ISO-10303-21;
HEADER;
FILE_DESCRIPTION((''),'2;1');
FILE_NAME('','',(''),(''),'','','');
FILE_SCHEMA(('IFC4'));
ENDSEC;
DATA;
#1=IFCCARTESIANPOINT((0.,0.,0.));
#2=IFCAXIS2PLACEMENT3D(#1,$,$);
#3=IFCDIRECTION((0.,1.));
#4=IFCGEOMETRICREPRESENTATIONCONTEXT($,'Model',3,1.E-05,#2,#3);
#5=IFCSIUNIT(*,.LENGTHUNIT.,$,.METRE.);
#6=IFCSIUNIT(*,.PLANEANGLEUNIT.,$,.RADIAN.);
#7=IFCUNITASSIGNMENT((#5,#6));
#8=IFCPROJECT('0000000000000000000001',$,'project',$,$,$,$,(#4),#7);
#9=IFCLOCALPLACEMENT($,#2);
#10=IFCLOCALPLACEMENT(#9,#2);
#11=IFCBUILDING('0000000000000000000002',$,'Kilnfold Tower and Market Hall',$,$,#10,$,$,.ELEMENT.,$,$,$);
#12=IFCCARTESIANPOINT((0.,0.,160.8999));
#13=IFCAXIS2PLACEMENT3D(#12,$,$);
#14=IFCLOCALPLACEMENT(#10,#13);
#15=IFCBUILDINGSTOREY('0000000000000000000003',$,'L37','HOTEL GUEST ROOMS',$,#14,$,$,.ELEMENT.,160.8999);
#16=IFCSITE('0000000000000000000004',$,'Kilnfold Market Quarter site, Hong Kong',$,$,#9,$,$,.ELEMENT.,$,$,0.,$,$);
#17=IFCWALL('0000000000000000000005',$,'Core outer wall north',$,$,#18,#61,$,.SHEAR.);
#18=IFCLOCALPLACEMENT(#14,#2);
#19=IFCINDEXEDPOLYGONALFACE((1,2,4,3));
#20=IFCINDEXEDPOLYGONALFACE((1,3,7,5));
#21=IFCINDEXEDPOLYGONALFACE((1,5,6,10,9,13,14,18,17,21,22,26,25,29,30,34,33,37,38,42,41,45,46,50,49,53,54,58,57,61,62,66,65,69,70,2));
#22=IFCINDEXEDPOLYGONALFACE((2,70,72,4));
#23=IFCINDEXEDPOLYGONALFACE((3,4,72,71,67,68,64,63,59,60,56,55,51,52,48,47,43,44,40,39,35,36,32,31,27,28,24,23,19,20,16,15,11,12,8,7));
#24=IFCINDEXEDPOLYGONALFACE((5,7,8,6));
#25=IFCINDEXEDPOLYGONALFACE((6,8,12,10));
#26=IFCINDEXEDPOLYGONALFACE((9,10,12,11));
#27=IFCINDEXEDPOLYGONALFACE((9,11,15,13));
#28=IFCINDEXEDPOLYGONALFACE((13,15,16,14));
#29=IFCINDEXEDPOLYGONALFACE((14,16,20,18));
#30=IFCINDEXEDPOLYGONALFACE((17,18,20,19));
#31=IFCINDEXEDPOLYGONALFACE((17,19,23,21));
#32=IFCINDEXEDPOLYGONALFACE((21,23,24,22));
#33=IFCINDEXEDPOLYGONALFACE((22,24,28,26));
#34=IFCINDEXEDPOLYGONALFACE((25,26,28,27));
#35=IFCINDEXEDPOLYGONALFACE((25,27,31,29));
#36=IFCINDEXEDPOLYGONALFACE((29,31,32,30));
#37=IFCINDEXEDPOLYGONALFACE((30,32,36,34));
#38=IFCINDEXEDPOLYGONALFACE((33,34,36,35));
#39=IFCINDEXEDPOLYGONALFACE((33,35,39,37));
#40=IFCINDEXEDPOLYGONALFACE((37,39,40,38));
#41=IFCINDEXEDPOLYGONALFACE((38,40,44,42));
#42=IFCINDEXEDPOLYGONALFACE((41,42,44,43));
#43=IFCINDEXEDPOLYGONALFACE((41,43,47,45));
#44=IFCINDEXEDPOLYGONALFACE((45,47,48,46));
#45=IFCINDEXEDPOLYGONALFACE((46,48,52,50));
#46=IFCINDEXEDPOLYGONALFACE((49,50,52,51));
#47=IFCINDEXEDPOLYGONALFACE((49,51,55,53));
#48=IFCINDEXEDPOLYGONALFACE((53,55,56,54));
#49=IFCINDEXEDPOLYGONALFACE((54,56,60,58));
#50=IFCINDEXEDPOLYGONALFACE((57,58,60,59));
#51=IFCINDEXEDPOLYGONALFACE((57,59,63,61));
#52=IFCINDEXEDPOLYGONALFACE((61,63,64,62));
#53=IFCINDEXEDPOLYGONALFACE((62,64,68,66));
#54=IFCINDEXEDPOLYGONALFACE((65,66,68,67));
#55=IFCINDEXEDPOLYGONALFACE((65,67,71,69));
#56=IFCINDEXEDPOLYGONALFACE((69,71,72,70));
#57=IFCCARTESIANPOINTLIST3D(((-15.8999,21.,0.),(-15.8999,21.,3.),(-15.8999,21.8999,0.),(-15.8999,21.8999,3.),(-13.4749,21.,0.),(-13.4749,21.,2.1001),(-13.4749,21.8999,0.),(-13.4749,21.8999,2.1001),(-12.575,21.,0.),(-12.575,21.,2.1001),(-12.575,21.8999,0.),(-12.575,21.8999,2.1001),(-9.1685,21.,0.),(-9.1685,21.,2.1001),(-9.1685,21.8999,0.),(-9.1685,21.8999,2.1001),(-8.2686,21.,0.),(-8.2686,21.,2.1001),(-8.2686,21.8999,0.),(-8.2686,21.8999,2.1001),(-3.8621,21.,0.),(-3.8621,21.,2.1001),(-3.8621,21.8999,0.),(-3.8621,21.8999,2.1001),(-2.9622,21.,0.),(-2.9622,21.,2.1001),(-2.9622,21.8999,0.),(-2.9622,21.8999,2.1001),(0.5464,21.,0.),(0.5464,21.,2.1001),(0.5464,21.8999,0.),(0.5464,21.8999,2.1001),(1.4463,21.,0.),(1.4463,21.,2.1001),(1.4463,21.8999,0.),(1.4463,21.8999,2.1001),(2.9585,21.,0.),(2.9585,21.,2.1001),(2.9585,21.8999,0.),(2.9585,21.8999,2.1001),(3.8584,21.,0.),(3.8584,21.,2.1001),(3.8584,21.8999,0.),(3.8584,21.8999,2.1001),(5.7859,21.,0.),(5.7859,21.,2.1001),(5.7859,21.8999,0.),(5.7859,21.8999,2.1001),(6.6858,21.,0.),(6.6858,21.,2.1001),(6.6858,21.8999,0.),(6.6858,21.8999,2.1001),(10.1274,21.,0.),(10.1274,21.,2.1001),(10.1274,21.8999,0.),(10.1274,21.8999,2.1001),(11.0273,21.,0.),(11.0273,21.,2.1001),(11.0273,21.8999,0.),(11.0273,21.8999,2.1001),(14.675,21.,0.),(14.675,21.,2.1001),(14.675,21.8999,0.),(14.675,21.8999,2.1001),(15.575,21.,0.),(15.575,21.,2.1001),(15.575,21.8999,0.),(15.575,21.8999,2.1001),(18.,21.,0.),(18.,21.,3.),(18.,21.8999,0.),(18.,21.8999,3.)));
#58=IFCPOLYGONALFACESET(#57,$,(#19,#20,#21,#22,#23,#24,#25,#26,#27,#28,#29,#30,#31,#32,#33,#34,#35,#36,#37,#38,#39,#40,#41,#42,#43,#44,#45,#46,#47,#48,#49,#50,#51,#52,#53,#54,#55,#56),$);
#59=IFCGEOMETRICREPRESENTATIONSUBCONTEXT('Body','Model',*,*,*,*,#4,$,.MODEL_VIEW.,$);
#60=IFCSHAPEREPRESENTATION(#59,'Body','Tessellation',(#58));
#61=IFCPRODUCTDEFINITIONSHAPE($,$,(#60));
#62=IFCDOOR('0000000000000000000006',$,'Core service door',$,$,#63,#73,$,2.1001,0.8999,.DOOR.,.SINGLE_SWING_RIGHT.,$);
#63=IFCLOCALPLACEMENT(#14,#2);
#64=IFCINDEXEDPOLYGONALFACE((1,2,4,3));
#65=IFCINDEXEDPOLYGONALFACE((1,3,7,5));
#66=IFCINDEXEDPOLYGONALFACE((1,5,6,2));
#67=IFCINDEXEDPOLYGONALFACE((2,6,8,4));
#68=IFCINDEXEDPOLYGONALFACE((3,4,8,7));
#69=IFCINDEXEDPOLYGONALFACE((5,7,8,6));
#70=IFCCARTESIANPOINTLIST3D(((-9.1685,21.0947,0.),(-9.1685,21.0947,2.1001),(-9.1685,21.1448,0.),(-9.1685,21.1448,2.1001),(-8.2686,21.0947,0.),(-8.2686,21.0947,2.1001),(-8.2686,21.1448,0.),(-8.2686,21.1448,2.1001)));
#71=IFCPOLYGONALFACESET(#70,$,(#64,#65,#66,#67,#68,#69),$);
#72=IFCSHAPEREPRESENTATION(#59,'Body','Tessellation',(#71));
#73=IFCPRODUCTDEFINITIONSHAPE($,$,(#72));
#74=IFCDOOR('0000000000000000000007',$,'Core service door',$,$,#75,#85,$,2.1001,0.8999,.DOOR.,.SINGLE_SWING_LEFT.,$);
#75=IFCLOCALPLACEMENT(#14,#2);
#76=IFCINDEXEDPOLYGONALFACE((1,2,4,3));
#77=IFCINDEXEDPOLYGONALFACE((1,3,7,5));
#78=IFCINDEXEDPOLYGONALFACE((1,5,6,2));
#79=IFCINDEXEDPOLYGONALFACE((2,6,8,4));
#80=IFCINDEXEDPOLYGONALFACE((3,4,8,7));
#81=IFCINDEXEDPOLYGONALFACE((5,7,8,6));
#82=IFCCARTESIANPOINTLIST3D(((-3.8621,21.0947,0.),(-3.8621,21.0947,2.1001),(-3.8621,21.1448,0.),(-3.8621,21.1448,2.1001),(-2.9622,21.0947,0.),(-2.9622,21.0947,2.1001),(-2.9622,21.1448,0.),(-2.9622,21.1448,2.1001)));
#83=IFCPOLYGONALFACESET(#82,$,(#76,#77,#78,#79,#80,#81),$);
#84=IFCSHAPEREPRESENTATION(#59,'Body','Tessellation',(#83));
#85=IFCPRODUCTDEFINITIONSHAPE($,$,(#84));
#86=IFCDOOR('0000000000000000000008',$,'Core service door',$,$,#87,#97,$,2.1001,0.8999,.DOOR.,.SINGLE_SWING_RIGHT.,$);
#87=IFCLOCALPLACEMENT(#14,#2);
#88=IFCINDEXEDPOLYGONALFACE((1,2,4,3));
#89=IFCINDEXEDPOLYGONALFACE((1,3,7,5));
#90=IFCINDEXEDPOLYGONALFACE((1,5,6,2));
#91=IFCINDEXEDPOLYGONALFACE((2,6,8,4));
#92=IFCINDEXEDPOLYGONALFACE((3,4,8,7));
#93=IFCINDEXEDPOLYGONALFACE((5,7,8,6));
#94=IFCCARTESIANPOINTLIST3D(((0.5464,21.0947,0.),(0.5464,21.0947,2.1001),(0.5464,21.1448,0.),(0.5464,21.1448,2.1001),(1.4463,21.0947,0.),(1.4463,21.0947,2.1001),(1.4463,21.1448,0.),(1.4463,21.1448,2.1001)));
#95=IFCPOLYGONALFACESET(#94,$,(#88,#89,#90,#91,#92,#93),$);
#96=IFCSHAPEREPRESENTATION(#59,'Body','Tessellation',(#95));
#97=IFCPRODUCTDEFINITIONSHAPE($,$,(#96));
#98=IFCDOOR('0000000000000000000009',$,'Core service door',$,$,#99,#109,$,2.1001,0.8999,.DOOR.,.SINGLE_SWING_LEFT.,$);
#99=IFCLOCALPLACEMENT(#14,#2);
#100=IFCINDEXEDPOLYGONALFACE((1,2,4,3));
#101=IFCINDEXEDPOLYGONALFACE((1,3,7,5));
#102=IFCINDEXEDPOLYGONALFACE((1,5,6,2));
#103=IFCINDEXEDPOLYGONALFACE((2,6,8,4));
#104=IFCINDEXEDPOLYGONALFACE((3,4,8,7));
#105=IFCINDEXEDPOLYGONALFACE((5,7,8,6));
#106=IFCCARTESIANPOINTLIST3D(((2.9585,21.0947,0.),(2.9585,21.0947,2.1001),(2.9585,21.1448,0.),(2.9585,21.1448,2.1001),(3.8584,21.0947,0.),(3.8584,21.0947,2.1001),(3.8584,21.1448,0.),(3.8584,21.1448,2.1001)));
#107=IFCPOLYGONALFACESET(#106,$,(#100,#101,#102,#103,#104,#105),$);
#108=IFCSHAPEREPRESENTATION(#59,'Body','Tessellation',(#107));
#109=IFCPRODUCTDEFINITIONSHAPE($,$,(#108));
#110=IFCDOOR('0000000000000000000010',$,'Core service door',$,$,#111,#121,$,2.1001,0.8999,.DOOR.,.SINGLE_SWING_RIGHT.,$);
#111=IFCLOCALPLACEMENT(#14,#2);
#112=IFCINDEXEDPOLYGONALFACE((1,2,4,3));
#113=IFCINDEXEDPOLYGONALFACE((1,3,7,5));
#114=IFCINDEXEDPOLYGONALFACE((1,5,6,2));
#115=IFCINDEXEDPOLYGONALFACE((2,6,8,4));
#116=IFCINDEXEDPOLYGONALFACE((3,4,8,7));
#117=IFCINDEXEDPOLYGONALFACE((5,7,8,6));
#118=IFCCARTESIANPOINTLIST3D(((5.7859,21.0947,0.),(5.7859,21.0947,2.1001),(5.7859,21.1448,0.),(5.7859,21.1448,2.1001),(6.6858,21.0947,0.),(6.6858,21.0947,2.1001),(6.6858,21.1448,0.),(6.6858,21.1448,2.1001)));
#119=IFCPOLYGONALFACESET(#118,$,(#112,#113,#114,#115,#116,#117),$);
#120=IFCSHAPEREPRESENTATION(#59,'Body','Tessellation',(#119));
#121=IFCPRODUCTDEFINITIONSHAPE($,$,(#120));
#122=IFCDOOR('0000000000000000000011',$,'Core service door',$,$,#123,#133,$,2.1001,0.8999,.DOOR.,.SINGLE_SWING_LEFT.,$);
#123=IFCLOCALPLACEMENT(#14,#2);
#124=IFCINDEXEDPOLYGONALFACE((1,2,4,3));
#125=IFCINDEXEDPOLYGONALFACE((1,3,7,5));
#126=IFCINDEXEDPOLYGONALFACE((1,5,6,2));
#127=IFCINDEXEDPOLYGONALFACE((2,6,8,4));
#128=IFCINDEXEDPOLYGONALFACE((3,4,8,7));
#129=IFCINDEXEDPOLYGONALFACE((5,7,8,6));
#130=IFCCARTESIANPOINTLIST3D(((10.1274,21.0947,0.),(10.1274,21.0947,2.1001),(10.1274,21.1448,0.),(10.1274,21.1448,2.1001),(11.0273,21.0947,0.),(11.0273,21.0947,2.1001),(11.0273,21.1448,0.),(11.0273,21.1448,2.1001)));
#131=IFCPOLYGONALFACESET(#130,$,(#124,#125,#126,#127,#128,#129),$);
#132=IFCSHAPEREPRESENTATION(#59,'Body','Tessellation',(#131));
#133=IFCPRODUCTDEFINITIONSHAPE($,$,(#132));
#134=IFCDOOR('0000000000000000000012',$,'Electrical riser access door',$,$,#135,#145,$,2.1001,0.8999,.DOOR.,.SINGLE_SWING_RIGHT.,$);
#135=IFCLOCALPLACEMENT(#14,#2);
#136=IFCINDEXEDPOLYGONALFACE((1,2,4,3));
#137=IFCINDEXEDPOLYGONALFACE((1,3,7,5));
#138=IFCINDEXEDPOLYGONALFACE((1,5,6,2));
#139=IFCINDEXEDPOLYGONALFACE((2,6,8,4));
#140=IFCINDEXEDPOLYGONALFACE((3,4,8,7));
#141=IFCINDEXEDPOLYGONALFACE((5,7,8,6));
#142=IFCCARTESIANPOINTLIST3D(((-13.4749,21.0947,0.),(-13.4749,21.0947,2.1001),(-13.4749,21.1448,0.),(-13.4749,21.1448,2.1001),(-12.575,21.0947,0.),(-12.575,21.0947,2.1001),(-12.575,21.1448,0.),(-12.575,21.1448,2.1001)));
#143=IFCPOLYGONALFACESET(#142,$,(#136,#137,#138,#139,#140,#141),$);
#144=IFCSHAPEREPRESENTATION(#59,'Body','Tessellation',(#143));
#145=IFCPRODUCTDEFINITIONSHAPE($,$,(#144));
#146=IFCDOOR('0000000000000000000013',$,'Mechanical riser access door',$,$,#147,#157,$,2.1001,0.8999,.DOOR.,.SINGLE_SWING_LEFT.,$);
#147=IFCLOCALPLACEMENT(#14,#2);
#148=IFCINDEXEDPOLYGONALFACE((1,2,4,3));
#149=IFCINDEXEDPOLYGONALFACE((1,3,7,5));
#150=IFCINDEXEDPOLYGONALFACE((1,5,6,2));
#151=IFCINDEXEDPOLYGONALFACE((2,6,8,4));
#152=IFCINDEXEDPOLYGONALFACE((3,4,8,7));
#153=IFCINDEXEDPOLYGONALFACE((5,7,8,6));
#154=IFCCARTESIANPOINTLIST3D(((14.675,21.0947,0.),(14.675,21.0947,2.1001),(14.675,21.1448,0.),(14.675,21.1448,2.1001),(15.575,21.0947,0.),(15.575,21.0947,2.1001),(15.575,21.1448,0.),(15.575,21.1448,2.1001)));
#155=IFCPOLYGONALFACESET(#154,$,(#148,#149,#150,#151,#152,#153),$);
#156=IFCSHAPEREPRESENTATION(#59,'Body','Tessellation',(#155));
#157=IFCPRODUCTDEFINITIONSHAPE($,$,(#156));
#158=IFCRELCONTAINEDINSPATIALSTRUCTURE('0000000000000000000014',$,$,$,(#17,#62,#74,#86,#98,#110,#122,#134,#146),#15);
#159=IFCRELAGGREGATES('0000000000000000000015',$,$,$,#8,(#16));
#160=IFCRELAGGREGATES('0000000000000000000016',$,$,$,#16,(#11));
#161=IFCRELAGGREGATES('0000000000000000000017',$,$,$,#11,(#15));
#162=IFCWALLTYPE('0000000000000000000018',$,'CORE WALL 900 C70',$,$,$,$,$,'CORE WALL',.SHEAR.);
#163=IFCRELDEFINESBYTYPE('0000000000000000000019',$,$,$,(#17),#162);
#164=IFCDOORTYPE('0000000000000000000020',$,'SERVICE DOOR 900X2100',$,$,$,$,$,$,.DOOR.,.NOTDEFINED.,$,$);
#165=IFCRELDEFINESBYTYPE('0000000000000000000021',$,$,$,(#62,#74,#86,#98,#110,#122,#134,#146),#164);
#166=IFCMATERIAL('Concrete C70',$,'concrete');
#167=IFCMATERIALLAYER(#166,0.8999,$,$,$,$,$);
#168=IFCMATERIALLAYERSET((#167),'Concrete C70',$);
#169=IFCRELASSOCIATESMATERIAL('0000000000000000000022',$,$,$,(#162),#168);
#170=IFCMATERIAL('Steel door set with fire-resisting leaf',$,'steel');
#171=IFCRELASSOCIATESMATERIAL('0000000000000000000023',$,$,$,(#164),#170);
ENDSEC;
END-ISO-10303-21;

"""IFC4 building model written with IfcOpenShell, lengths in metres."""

from ifc_helpers import new_model, si_unit, direction, frame, frame_2d, origin, place, context, subcontext, project, spatial, rectangle, extrude, source, transform, mapped, material, layer, layer_set, type_object, element, fill, save


model = new_model("IFC4")

# Units and contexts
model_context = context("Model", 3, precision=1e-05, world=origin(), true_north=direction((0.0, 1.0)))
body_context = subcontext(model_context, "Body", "Model", "MODEL_VIEW")
ifc_project = project(units=[si_unit("LENGTHUNIT", "METRE"), si_unit("PLANEANGLEUNIT", "RADIAN")], contexts=[model_context])

# Site, building, storey
site_placement = place(None, origin())
site = spatial("IfcSite", under=ifc_project, at=site_placement, Name="Kilnfold Market Quarter site, Hong Kong", CompositionType="ELEMENT", RefElevation=0.0)
building_placement = place(site_placement, origin())
building = spatial("IfcBuilding", under=site, at=building_placement, Name="Kilnfold Tower and Market Hall", CompositionType="ELEMENT")
storey_placement = place(building_placement, frame((0.0, 0.0, 160.8999)))
storey = spatial("IfcBuildingStorey", under=building, at=storey_placement, Name="L37", Description="HOTEL GUEST ROOMS", CompositionType="ELEMENT", Elevation=160.8999)

# Wall, openings, doors
ifc_material_1 = material(Name="Concrete C70", Category="concrete")
ifc_layer_1 = layer(ifc_material_1, 0.8999)
ifc_layer_set_1 = layer_set([ifc_layer_1], Name="Concrete C70")
wall_type_1 = type_object("IfcWallType", Name="CORE WALL 900 C70", ElementType="CORE WALL", PredefinedType="SHEAR", material=ifc_layer_set_1)
shared_shape_1 = source(origin(), body_context, "Body", "SweptSolid", [
    extrude(rectangle(XDim=33.8999, YDim=0.8999, at=frame_2d((16.95, 0.0))), origin(), (0.0, 0.0, 1.0), 3.0),
])
wall_1_placement = place(storey_placement, frame((-15.8999, 21.45, 0.0), z_axis=(0.0, 0.0, 1.0), x_axis=(1.0, 0.0, 0.0)))
wall_1 = element("IfcWall", 1, at=wall_1_placement, inside=storey, type_object=wall_type_1, Name="Core outer wall north", PredefinedType="SHEAR", context=body_context, shape_type="MappedRepresentation", body=[
    mapped(shared_shape_1, transform((0.0, 0.0, 0.0))),
])
opening_1_placement = place(wall_1_placement, frame((6.7314, 0.0, 0.0)))
opening_1 = element("IfcOpeningElement", 2, at=opening_1_placement, cuts=wall_1, PredefinedType="OPENING", context=body_context, shape_type="SweptSolid", body=[
    extrude(rectangle(XDim=0.8999, YDim=2.1001, at=frame_2d((0.45, 1.05))), frame((0.0, 0.46, 0.0), z_axis=(0.0, -1.0, 0.0), x_axis=(1.0, 0.0, 0.0)), (0.0, 0.0, 1.0), 0.9199),
])
opening_2_placement = place(wall_1_placement, frame((12.0378, 0.0, 0.0)))
opening_2 = element("IfcOpeningElement", 3, at=opening_2_placement, cuts=wall_1, PredefinedType="OPENING", context=body_context, shape_type="SweptSolid", body=[
    extrude(rectangle(XDim=0.8999, YDim=2.1001, at=frame_2d((0.45, 1.05))), frame((0.0, 0.46, 0.0), z_axis=(0.0, -1.0, 0.0), x_axis=(1.0, 0.0, 0.0)), (0.0, 0.0, 1.0), 0.9199),
])
opening_3_placement = place(wall_1_placement, frame((16.4463, 0.0, 0.0)))
opening_3 = element("IfcOpeningElement", 4, at=opening_3_placement, cuts=wall_1, PredefinedType="OPENING", context=body_context, shape_type="SweptSolid", body=[
    extrude(rectangle(XDim=0.8999, YDim=2.1001, at=frame_2d((0.45, 1.05))), frame((0.0, 0.46, 0.0), z_axis=(0.0, -1.0, 0.0), x_axis=(1.0, 0.0, 0.0)), (0.0, 0.0, 1.0), 0.9199),
])
opening_4_placement = place(wall_1_placement, frame((18.8584, 0.0, 0.0)))
opening_4 = element("IfcOpeningElement", 5, at=opening_4_placement, cuts=wall_1, PredefinedType="OPENING", context=body_context, shape_type="SweptSolid", body=[
    extrude(rectangle(XDim=0.8999, YDim=2.1001, at=frame_2d((0.45, 1.05))), frame((0.0, 0.46, 0.0), z_axis=(0.0, -1.0, 0.0), x_axis=(1.0, 0.0, 0.0)), (0.0, 0.0, 1.0), 0.9199),
])
opening_5_placement = place(wall_1_placement, frame((21.6858, 0.0, 0.0)))
opening_5 = element("IfcOpeningElement", 6, at=opening_5_placement, cuts=wall_1, PredefinedType="OPENING", context=body_context, shape_type="SweptSolid", body=[
    extrude(rectangle(XDim=0.8999, YDim=2.1001, at=frame_2d((0.45, 1.05))), frame((0.0, 0.46, 0.0), z_axis=(0.0, -1.0, 0.0), x_axis=(1.0, 0.0, 0.0)), (0.0, 0.0, 1.0), 0.9199),
])
opening_6_placement = place(wall_1_placement, frame((26.0273, 0.0, 0.0)))
opening_6 = element("IfcOpeningElement", 7, at=opening_6_placement, cuts=wall_1, PredefinedType="OPENING", context=body_context, shape_type="SweptSolid", body=[
    extrude(rectangle(XDim=0.8999, YDim=2.1001, at=frame_2d((0.45, 1.05))), frame((0.0, 0.46, 0.0), z_axis=(0.0, -1.0, 0.0), x_axis=(1.0, 0.0, 0.0)), (0.0, 0.0, 1.0), 0.9199),
])
opening_7_placement = place(wall_1_placement, frame((2.425, 0.0, 0.0)))
opening_7 = element("IfcOpeningElement", 8, at=opening_7_placement, cuts=wall_1, PredefinedType="OPENING", context=body_context, shape_type="SweptSolid", body=[
    extrude(rectangle(XDim=0.8999, YDim=2.1001, at=frame_2d((0.45, 1.05))), frame((0.0, 0.46, 0.0), z_axis=(0.0, -1.0, 0.0), x_axis=(1.0, 0.0, 0.0)), (0.0, 0.0, 1.0), 0.9199),
])
opening_8_placement = place(wall_1_placement, frame((30.575, 0.0, 0.0)))
opening_8 = element("IfcOpeningElement", 9, at=opening_8_placement, cuts=wall_1, PredefinedType="OPENING", context=body_context, shape_type="SweptSolid", body=[
    extrude(rectangle(XDim=0.8999, YDim=2.1001, at=frame_2d((0.45, 1.05))), frame((0.0, 0.46, 0.0), z_axis=(0.0, -1.0, 0.0), x_axis=(1.0, 0.0, 0.0)), (0.0, 0.0, 1.0), 0.9199),
])
ifc_material_2 = material(Name="Steel door set with fire-resisting leaf", Category="steel")
door_type = type_object("IfcDoorType", Name="SERVICE DOOR 900X2100", OperationType="NOTDEFINED", PredefinedType="DOOR", material=ifc_material_2)
door_1_placement = place(opening_1_placement, origin())
door_1 = element("IfcDoor", 10, at=door_1_placement, inside=storey, type_object=door_type, Name="Core service door", OperationType="SINGLE_SWING_RIGHT", OverallHeight=2.1001, OverallWidth=0.8999, PredefinedType="DOOR", context=body_context, shape_type="SweptSolid", body=[
    extrude(rectangle(XDim=0.8999, YDim=2.1001, at=frame_2d((0.45, 1.05))), frame((0.0, -0.3052, 0.0), z_axis=(0.0, -1.0, 0.0), x_axis=(1.0, 0.0, 0.0)), (0.0, 0.0, 1.0), 0.05),
])
fill(opening_1, door_1)
door_2_placement = place(opening_2_placement, origin())
door_2 = element("IfcDoor", 11, at=door_2_placement, inside=storey, type_object=door_type, Name="Core service door", OperationType="SINGLE_SWING_LEFT", OverallHeight=2.1001, OverallWidth=0.8999, PredefinedType="DOOR", context=body_context, shape_type="SweptSolid", body=[
    extrude(rectangle(XDim=0.8999, YDim=2.1001, at=frame_2d((0.45, 1.05))), frame((0.0, -0.3052, 0.0), z_axis=(0.0, -1.0, 0.0), x_axis=(1.0, 0.0, 0.0)), (0.0, 0.0, 1.0), 0.05),
])
fill(opening_2, door_2)
door_3_placement = place(opening_3_placement, origin())
door_3 = element("IfcDoor", 12, at=door_3_placement, inside=storey, type_object=door_type, Name="Core service door", OperationType="SINGLE_SWING_RIGHT", OverallHeight=2.1001, OverallWidth=0.8999, PredefinedType="DOOR", context=body_context, shape_type="SweptSolid", body=[
    extrude(rectangle(XDim=0.8999, YDim=2.1001, at=frame_2d((0.45, 1.05))), frame((0.0, -0.3052, 0.0), z_axis=(0.0, -1.0, 0.0), x_axis=(1.0, 0.0, 0.0)), (0.0, 0.0, 1.0), 0.05),
])
fill(opening_3, door_3)
door_4_placement = place(opening_4_placement, origin())
door_4 = element("IfcDoor", 13, at=door_4_placement, inside=storey, type_object=door_type, Name="Core service door", OperationType="SINGLE_SWING_LEFT", OverallHeight=2.1001, OverallWidth=0.8999, PredefinedType="DOOR", context=body_context, shape_type="SweptSolid", body=[
    extrude(rectangle(XDim=0.8999, YDim=2.1001, at=frame_2d((0.45, 1.05))), frame((0.0, -0.3052, 0.0), z_axis=(0.0, -1.0, 0.0), x_axis=(1.0, 0.0, 0.0)), (0.0, 0.0, 1.0), 0.05),
])
fill(opening_4, door_4)
door_5_placement = place(opening_5_placement, origin())
door_5 = element("IfcDoor", 14, at=door_5_placement, inside=storey, type_object=door_type, Name="Core service door", OperationType="SINGLE_SWING_RIGHT", OverallHeight=2.1001, OverallWidth=0.8999, PredefinedType="DOOR", context=body_context, shape_type="SweptSolid", body=[
    extrude(rectangle(XDim=0.8999, YDim=2.1001, at=frame_2d((0.45, 1.05))), frame((0.0, -0.3052, 0.0), z_axis=(0.0, -1.0, 0.0), x_axis=(1.0, 0.0, 0.0)), (0.0, 0.0, 1.0), 0.05),
])
fill(opening_5, door_5)
door_6_placement = place(opening_6_placement, origin())
door_6 = element("IfcDoor", 15, at=door_6_placement, inside=storey, type_object=door_type, Name="Core service door", OperationType="SINGLE_SWING_LEFT", OverallHeight=2.1001, OverallWidth=0.8999, PredefinedType="DOOR", context=body_context, shape_type="SweptSolid", body=[
    extrude(rectangle(XDim=0.8999, YDim=2.1001, at=frame_2d((0.45, 1.05))), frame((0.0, -0.3052, 0.0), z_axis=(0.0, -1.0, 0.0), x_axis=(1.0, 0.0, 0.0)), (0.0, 0.0, 1.0), 0.05),
])
fill(opening_6, door_6)
door_7_placement = place(opening_7_placement, origin())
door_7 = element("IfcDoor", 16, at=door_7_placement, inside=storey, type_object=door_type, Name="Electrical riser access door", OperationType="SINGLE_SWING_RIGHT", OverallHeight=2.1001, OverallWidth=0.8999, PredefinedType="DOOR", context=body_context, shape_type="SweptSolid", body=[
    extrude(rectangle(XDim=0.8999, YDim=2.1001, at=frame_2d((0.45, 1.05))), frame((0.0, -0.3052, 0.0), z_axis=(0.0, -1.0, 0.0), x_axis=(1.0, 0.0, 0.0)), (0.0, 0.0, 1.0), 0.05),
])
fill(opening_7, door_7)
door_8_placement = place(opening_8_placement, origin())
door_8 = element("IfcDoor", 17, at=door_8_placement, inside=storey, type_object=door_type, Name="Mechanical riser access door", OperationType="SINGLE_SWING_LEFT", OverallHeight=2.1001, OverallWidth=0.8999, PredefinedType="DOOR", context=body_context, shape_type="SweptSolid", body=[
    extrude(rectangle(XDim=0.8999, YDim=2.1001, at=frame_2d((0.45, 1.05))), frame((0.0, -0.3052, 0.0), z_axis=(0.0, -1.0, 0.0), x_axis=(1.0, 0.0, 0.0)), (0.0, 0.0, 1.0), 0.05),
])
fill(opening_8, door_8)

save(model, "model.ifc")
